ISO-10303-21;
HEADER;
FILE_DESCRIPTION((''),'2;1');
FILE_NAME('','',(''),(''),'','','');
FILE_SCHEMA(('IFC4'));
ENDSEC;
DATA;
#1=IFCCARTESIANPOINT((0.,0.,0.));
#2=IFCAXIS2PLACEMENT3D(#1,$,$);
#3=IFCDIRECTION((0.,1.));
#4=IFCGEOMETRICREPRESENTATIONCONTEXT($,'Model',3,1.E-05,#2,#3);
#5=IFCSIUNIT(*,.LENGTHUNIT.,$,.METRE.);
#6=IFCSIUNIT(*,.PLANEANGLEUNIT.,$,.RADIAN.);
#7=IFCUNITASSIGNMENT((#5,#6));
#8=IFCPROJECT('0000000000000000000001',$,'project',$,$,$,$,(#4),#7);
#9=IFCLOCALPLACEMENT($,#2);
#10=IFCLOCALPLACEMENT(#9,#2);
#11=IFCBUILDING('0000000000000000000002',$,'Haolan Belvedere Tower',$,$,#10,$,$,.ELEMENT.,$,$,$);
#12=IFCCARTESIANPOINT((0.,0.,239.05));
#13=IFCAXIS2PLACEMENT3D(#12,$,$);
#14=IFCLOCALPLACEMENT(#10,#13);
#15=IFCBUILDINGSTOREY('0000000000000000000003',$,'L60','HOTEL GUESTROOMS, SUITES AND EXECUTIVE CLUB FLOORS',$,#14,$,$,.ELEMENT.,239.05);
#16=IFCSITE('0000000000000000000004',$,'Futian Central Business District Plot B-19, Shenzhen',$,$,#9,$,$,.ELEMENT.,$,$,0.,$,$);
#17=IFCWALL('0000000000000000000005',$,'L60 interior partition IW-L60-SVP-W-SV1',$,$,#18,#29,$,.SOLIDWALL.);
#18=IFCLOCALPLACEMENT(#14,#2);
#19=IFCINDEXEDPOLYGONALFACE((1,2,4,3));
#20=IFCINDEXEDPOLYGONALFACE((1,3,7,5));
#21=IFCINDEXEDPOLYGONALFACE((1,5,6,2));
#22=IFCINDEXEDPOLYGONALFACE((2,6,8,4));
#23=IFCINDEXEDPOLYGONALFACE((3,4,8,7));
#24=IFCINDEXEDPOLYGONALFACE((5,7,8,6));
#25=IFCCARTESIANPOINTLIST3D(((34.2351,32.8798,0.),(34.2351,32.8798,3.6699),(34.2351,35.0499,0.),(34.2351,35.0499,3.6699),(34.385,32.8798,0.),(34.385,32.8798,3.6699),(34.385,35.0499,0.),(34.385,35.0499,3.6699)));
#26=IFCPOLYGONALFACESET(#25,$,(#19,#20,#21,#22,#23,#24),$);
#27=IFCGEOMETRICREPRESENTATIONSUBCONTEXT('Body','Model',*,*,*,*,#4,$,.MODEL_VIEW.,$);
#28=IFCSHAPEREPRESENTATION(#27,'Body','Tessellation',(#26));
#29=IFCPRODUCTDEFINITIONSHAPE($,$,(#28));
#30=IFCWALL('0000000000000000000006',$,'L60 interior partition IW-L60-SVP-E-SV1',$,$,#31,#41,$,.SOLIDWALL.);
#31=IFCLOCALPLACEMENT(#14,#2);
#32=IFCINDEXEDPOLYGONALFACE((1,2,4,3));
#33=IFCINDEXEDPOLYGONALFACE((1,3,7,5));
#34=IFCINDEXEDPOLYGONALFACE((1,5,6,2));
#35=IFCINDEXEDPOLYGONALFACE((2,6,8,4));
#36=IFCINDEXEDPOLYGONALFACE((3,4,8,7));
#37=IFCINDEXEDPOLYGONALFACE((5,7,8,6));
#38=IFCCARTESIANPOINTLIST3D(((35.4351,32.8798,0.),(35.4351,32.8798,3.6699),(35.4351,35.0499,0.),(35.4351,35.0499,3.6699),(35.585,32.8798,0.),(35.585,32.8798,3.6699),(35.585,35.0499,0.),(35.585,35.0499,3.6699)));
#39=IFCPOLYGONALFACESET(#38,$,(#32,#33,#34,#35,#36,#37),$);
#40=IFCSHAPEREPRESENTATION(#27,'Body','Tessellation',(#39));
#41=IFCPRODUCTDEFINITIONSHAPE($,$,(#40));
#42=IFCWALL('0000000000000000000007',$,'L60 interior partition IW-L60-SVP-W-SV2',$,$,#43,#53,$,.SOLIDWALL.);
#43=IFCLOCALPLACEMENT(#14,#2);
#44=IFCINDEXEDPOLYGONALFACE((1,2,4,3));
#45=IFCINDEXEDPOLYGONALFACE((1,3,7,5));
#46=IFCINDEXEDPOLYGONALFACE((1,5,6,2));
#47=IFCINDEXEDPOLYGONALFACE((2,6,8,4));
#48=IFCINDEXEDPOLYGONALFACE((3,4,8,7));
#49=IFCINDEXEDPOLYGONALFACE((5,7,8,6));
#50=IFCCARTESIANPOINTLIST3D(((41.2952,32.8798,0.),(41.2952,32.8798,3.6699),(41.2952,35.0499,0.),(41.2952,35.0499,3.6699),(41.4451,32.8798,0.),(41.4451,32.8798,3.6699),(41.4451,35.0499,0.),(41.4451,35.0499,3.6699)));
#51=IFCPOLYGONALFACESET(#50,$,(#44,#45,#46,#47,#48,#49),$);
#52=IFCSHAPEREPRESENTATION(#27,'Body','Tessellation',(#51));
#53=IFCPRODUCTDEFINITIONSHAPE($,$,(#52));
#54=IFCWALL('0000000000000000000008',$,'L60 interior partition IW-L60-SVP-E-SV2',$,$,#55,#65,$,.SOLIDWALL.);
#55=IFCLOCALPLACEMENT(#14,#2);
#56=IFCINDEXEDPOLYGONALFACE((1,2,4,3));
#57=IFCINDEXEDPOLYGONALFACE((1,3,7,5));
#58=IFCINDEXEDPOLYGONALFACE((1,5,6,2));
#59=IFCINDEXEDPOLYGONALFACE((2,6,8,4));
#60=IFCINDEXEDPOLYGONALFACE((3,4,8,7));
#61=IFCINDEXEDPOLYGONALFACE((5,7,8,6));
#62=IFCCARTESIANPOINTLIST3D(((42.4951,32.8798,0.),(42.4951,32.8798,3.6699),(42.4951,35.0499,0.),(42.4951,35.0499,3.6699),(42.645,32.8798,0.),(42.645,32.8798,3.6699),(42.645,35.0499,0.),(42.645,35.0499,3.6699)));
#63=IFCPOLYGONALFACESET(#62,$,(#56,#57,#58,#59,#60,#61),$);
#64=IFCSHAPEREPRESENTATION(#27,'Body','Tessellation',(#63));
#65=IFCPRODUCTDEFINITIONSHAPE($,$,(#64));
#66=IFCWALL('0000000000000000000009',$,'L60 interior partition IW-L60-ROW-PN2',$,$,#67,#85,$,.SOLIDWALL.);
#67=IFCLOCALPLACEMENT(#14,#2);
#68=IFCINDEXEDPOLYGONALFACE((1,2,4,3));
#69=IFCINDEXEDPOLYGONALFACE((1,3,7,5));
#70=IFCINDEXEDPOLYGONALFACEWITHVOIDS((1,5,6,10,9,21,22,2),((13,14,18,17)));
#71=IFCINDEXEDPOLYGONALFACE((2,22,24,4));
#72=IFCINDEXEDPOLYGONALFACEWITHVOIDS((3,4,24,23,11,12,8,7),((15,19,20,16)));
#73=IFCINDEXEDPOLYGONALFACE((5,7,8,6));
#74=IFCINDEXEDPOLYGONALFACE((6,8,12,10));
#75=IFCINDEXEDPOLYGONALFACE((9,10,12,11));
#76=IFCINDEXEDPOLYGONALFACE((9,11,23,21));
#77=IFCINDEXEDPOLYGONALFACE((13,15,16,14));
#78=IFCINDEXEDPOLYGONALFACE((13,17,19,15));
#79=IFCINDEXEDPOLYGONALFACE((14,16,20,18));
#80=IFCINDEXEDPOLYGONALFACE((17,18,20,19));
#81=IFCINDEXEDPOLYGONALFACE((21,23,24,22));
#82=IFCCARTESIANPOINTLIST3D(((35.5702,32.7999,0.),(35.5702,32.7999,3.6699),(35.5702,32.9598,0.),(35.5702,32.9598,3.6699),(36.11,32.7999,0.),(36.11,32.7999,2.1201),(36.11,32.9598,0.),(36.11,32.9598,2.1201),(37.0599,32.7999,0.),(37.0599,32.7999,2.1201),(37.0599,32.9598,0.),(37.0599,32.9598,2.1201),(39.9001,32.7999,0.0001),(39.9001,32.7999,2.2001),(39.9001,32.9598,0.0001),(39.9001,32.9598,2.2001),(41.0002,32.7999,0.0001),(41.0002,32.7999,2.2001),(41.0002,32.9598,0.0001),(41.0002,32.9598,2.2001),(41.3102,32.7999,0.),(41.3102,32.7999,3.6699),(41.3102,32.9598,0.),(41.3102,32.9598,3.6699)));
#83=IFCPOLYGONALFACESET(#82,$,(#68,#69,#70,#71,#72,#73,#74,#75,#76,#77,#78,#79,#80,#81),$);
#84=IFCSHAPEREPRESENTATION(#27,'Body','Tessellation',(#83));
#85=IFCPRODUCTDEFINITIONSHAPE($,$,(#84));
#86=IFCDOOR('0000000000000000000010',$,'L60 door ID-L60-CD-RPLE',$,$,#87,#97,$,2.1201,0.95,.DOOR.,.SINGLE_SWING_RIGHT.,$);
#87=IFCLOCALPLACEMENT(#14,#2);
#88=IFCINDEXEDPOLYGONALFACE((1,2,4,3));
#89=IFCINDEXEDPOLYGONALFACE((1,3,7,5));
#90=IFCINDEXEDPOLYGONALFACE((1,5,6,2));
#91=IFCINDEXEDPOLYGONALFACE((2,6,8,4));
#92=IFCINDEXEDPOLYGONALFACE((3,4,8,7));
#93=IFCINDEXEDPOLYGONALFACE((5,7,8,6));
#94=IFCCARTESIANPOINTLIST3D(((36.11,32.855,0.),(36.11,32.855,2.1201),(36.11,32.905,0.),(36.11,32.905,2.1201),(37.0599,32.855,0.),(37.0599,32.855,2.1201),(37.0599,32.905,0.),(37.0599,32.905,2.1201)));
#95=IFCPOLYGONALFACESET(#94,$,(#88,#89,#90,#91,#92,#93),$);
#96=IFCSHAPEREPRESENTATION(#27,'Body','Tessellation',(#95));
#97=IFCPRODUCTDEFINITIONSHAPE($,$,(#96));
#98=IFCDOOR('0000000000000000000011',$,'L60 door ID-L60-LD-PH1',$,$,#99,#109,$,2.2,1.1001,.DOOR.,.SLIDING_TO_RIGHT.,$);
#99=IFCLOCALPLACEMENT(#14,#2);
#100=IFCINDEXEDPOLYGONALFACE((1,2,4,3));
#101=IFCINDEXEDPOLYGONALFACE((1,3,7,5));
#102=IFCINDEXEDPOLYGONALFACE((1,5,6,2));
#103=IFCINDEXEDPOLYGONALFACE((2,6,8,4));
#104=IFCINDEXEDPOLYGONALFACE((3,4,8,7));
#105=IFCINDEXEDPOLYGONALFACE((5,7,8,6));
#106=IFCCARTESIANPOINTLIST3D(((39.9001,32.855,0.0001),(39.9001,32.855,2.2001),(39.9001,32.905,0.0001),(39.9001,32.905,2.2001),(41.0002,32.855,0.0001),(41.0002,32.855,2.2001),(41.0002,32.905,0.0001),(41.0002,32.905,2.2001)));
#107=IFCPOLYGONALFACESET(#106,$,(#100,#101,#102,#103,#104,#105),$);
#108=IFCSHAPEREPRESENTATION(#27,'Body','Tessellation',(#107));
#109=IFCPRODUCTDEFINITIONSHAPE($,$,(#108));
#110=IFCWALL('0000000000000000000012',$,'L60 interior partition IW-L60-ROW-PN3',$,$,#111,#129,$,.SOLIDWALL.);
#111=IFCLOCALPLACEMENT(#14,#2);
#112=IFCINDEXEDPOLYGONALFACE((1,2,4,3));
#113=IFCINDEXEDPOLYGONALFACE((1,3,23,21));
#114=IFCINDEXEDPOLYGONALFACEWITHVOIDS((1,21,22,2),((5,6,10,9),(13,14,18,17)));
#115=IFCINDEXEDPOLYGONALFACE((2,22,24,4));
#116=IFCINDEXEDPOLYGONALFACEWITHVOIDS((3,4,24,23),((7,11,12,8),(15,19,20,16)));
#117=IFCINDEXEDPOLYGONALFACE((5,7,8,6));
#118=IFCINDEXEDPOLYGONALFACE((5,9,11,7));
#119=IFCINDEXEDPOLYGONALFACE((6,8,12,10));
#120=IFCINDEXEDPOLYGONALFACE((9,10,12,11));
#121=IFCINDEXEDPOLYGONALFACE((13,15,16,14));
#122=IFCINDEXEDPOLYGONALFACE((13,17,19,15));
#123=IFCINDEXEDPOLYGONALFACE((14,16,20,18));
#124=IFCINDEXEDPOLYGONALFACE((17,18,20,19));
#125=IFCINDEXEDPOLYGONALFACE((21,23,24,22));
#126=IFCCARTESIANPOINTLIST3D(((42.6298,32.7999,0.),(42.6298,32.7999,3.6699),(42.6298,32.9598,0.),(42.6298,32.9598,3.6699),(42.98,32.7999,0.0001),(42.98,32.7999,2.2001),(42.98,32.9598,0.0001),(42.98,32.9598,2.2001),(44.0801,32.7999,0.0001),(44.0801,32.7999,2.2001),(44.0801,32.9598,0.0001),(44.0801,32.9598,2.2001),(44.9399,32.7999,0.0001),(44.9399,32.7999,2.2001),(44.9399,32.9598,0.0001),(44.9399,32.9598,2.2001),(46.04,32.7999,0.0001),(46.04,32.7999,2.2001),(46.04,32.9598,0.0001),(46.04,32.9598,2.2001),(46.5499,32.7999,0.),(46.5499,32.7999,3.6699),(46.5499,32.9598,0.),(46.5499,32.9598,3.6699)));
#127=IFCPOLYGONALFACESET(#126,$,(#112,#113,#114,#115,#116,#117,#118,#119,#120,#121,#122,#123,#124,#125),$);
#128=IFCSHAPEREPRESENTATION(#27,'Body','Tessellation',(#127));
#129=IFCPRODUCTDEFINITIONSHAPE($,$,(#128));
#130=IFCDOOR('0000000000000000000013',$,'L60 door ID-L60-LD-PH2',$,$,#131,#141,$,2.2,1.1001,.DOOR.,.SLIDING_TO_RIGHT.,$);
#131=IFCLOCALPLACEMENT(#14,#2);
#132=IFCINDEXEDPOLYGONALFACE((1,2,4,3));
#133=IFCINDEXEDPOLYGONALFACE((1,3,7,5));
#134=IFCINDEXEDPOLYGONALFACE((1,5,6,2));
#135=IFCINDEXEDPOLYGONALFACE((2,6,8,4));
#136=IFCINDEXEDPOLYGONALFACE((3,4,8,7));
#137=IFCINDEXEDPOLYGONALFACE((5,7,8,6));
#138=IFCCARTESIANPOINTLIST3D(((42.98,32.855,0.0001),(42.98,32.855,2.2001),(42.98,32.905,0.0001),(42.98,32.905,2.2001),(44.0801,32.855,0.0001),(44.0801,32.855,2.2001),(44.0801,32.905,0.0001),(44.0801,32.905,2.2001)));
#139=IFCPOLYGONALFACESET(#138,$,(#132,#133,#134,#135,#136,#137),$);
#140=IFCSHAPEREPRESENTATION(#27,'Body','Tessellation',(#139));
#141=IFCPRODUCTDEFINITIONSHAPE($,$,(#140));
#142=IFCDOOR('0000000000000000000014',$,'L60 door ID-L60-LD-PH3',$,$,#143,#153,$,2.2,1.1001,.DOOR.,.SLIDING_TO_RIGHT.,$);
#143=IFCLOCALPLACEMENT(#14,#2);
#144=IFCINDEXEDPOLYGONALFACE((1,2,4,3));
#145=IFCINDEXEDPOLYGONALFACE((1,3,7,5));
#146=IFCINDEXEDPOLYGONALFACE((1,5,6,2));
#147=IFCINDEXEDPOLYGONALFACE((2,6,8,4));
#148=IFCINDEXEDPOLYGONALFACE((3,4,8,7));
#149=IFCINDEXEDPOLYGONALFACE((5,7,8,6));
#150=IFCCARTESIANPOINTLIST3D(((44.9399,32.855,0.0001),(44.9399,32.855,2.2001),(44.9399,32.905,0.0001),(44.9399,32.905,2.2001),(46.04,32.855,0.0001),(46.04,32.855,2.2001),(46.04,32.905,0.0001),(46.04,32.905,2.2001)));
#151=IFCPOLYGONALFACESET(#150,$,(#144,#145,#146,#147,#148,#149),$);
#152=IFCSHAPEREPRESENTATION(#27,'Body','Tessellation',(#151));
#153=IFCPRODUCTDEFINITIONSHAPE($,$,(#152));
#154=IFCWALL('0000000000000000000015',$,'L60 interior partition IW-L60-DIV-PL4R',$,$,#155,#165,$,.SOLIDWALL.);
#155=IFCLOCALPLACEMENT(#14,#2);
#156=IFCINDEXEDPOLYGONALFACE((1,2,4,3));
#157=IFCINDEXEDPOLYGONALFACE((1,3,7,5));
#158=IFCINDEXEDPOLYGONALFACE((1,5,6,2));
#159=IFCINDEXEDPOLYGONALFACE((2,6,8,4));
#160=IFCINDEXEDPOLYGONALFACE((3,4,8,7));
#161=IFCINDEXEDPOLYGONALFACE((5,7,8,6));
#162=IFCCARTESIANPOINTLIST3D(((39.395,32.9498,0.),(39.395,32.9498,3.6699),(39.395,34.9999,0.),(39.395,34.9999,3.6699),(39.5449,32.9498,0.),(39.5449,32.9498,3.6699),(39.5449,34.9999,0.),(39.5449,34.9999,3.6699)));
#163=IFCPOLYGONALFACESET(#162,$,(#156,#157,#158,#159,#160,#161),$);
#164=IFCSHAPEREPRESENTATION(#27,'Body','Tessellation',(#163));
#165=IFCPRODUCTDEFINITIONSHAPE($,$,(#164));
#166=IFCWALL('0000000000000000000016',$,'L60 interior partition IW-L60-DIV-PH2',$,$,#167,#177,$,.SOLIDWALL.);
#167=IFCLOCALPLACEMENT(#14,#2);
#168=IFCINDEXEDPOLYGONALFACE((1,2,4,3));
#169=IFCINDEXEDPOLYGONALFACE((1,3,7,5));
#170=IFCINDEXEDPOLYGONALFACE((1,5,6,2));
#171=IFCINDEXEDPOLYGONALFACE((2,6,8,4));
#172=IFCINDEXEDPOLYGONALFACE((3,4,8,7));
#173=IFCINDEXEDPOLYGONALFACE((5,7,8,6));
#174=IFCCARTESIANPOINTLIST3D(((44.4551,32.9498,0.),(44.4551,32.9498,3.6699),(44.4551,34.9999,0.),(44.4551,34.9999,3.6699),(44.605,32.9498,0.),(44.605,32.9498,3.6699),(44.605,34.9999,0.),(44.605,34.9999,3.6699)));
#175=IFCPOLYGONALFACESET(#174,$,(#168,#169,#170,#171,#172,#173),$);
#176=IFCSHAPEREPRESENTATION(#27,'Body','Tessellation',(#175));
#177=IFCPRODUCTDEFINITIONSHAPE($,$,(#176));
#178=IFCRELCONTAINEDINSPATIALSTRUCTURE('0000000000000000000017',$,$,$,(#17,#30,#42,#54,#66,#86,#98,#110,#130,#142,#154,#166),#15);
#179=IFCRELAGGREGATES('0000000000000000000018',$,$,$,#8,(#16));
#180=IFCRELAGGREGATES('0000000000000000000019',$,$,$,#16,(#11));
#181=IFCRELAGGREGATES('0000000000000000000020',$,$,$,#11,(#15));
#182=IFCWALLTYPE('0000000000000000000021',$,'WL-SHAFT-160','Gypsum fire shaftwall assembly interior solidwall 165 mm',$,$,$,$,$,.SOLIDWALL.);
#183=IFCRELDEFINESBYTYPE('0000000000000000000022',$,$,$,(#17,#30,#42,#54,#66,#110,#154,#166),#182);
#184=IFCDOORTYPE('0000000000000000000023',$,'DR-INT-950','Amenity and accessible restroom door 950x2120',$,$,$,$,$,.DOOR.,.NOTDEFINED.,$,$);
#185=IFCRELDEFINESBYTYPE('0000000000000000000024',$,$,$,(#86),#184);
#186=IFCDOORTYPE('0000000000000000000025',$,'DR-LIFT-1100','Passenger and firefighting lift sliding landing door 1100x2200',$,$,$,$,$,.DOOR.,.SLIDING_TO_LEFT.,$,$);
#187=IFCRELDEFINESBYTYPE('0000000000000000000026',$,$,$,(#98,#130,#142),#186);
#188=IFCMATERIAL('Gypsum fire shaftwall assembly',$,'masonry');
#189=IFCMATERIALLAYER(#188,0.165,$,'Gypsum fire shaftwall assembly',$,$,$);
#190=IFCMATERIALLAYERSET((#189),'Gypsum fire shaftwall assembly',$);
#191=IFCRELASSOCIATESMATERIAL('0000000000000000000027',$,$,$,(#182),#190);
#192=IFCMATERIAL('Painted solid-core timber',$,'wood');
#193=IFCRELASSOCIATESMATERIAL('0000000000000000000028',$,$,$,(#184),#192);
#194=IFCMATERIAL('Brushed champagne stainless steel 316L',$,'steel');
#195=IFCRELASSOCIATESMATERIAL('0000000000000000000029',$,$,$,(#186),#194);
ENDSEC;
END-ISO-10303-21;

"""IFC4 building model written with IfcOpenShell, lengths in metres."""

from ifc_helpers import new_model, si_unit, direction, frame, frame_2d, origin, place, context, subcontext, project, spatial, rectangle, extrude, material, layer, layer_set, type_object, element, fill, save


model = new_model("IFC4")

# Units and contexts
model_context = context("Model", 3, precision=1e-05, world=origin(), true_north=direction((0.0, 1.0)))
body_context = subcontext(model_context, "Body", "Model", "MODEL_VIEW")
ifc_project = project(units=[si_unit("LENGTHUNIT", "METRE"), si_unit("PLANEANGLEUNIT", "RADIAN")], contexts=[model_context])

# Site, building, storey
site_placement = place(None, origin())
site = spatial("IfcSite", under=ifc_project, at=site_placement, Name="Futian Central Business District Plot B-19, Shenzhen", CompositionType="ELEMENT", RefElevation=0.0)
building_placement = place(site_placement, origin())
building = spatial("IfcBuilding", under=site, at=building_placement, Name="Haolan Belvedere Tower", CompositionType="ELEMENT")
storey_placement = place(building_placement, frame((0.0, 0.0, 239.05)))
storey = spatial("IfcBuildingStorey", under=building, at=storey_placement, Name="L60", Description="HOTEL GUESTROOMS, SUITES AND EXECUTIVE CLUB FLOORS", CompositionType="ELEMENT", Elevation=239.05)

# Walls
ifc_material_1 = material(Name="Gypsum fire shaftwall assembly", Category="masonry")
ifc_layer_1 = layer(ifc_material_1, 0.165, Name="Gypsum fire shaftwall assembly")
ifc_layer_set_1 = layer_set([ifc_layer_1], Name="Gypsum fire shaftwall assembly")
wall_type_1 = type_object("IfcWallType", Name="WL-SHAFT-160", Description="Gypsum fire shaftwall assembly interior solidwall 165 mm", PredefinedType="SOLIDWALL", material=ifc_layer_set_1)
for number, where, z_axis, x_axis, name in (
    (1, (34.3101, 32.8799, 0.0), (0.0, 0.0, 1.0), (0.0, 1.0, 0.0), "L60 interior partition IW-L60-SVP-W-SV1"),
    (2, (35.51, 32.8799, 0.0), (0.0, 0.0, 1.0), (0.0, 1.0, 0.0), "L60 interior partition IW-L60-SVP-E-SV1"),
    (3, (41.3701, 32.8799, 0.0), (0.0, 0.0, 1.0), (0.0, 1.0, 0.0), "L60 interior partition IW-L60-SVP-W-SV2"),
    (4, (42.5701, 32.8799, 0.0), (0.0, 0.0, 1.0), (0.0, 1.0, 0.0), "L60 interior partition IW-L60-SVP-E-SV2"),
):
    element("IfcWall", number, at=place(storey_placement, frame(where, z_axis=z_axis, x_axis=x_axis)), inside=storey, type_object=wall_type_1, Name=name, PredefinedType="SOLIDWALL", context=body_context, shape_type="SweptSolid", body=[
        extrude(rectangle(XDim=2.1702, YDim=0.1499, at=frame_2d((1.085, 0.0))), origin(), (0.0, 0.0, 1.0), 3.6699),
    ])

# Walls, openings, doors
wall_1_placement = place(storey_placement, frame((35.5701, 32.8799, 0.0), z_axis=(0.0, 0.0, 1.0), x_axis=(1.0, 0.0, 0.0)))
wall_1 = element("IfcWall", 5, at=wall_1_placement, inside=storey, type_object=wall_type_1, Name="L60 interior partition IW-L60-ROW-PN2", PredefinedType="SOLIDWALL", context=body_context, shape_type="SweptSolid", body=[
    extrude(rectangle(XDim=5.74, YDim=0.1599, at=frame_2d((2.8701, 0.0))), origin(), (0.0, 0.0, 1.0), 3.6699),
])
opening_1_placement = place(wall_1_placement, frame((1.49, 0.0, 0.0), z_axis=(0.0, 0.0, 1.0), x_axis=(-1.0, 0.0, 0.0)))
opening_1 = element("IfcOpeningElement", 6, at=opening_1_placement, cuts=wall_1, PredefinedType="OPENING", context=body_context, shape_type="SweptSolid", body=[
    extrude(rectangle(XDim=0.95, YDim=2.1201, at=frame_2d((0.4751, 1.0601))), frame((0.0, 0.0898, 0.0), z_axis=(0.0, -1.0, 0.0), x_axis=(1.0, 0.0, 0.0)), (0.0, 0.0, 1.0), 0.1799),
])
opening_2_placement = place(wall_1_placement, frame((5.4302, 0.0, 0.0), z_axis=(0.0, 0.0, 1.0), x_axis=(-1.0, 0.0, 0.0)))
opening_2 = element("IfcOpeningElement", 7, at=opening_2_placement, cuts=wall_1, PredefinedType="OPENING", context=body_context, shape_type="SweptSolid", body=[
    extrude(rectangle(XDim=1.1001, YDim=2.2, at=frame_2d((0.55, 1.1001))), frame((0.0, 0.0898, 0.0), z_axis=(0.0, -1.0, 0.0), x_axis=(1.0, 0.0, 0.0)), (0.0, 0.0, 1.0), 0.1799),
])
ifc_material_2 = material(Name="Painted solid-core timber", Category="wood")
door_type_1 = type_object("IfcDoorType", Name="DR-INT-950", Description="Amenity and accessible restroom door 950x2120", OperationType="NOTDEFINED", PredefinedType="DOOR", material=ifc_material_2)
door_1_placement = place(opening_1_placement, origin())
door_1 = element("IfcDoor", 8, at=door_1_placement, inside=storey, type_object=door_type_1, Name="L60 door ID-L60-CD-RPLE", OperationType="SINGLE_SWING_RIGHT", OverallHeight=2.1201, OverallWidth=0.95, PredefinedType="DOOR", context=body_context, shape_type="SweptSolid", body=[
    extrude(rectangle(XDim=0.95, YDim=2.1201, at=frame_2d((0.4751, 1.0601))), frame((0.0, 0.0249, 0.0), z_axis=(0.0, -1.0, 0.0), x_axis=(1.0, 0.0, 0.0)), (0.0, 0.0, 1.0), 0.05),
])
fill(opening_1, door_1)
ifc_material_3 = material(Name="Brushed champagne stainless steel 316L", Category="steel")
door_type_2 = type_object("IfcDoorType", Name="DR-LIFT-1100", Description="Passenger and firefighting lift sliding landing door 1100x2200", OperationType="SLIDING_TO_LEFT", PredefinedType="DOOR", material=ifc_material_3)
door_2_placement = place(opening_2_placement, origin())
door_2 = element("IfcDoor", 9, at=door_2_placement, inside=storey, type_object=door_type_2, Name="L60 door ID-L60-LD-PH1", OperationType="SLIDING_TO_RIGHT", OverallHeight=2.2, OverallWidth=1.1001, PredefinedType="DOOR", context=body_context, shape_type="SweptSolid", body=[
    extrude(rectangle(XDim=1.1001, YDim=2.2, at=frame_2d((0.55, 1.1001))), frame((0.0, 0.0249, 0.0), z_axis=(0.0, -1.0, 0.0), x_axis=(1.0, 0.0, 0.0)), (0.0, 0.0, 1.0), 0.05),
])
fill(opening_2, door_2)
wall_2_placement = place(storey_placement, frame((42.6299, 32.8799, 0.0), z_axis=(0.0, 0.0, 1.0), x_axis=(1.0, 0.0, 0.0)))
wall_2 = element("IfcWall", 10, at=wall_2_placement, inside=storey, type_object=wall_type_1, Name="L60 interior partition IW-L60-ROW-PN3", PredefinedType="SOLIDWALL", context=body_context, shape_type="SweptSolid", body=[
    extrude(rectangle(XDim=3.9202, YDim=0.1599, at=frame_2d((1.96, 0.0))), origin(), (0.0, 0.0, 1.0), 3.6699),
])
opening_3_placement = place(wall_2_placement, frame((1.4502, 0.0, 0.0), z_axis=(0.0, 0.0, 1.0), x_axis=(-1.0, 0.0, 0.0)))
opening_3 = element("IfcOpeningElement", 11, at=opening_3_placement, cuts=wall_2, PredefinedType="OPENING", context=body_context, shape_type="SweptSolid", body=[
    extrude(rectangle(XDim=1.1001, YDim=2.2, at=frame_2d((0.55, 1.1001))), frame((0.0, 0.0898, 0.0), z_axis=(0.0, -1.0, 0.0), x_axis=(1.0, 0.0, 0.0)), (0.0, 0.0, 1.0), 0.1799),
])
opening_4_placement = place(wall_2_placement, frame((3.4102, 0.0, 0.0), z_axis=(0.0, 0.0, 1.0), x_axis=(-1.0, 0.0, 0.0)))
opening_4 = element("IfcOpeningElement", 12, at=opening_4_placement, cuts=wall_2, PredefinedType="OPENING", context=body_context, shape_type="SweptSolid", body=[
    extrude(rectangle(XDim=1.1001, YDim=2.2, at=frame_2d((0.55, 1.1001))), frame((0.0, 0.0898, 0.0), z_axis=(0.0, -1.0, 0.0), x_axis=(1.0, 0.0, 0.0)), (0.0, 0.0, 1.0), 0.1799),
])
door_3_placement = place(opening_3_placement, origin())
door_3 = element("IfcDoor", 13, at=door_3_placement, inside=storey, type_object=door_type_2, Name="L60 door ID-L60-LD-PH2", OperationType="SLIDING_TO_RIGHT", OverallHeight=2.2, OverallWidth=1.1001, PredefinedType="DOOR", context=body_context, shape_type="SweptSolid", body=[
    extrude(rectangle(XDim=1.1001, YDim=2.2, at=frame_2d((0.55, 1.1001))), frame((0.0, 0.0249, 0.0), z_axis=(0.0, -1.0, 0.0), x_axis=(1.0, 0.0, 0.0)), (0.0, 0.0, 1.0), 0.05),
])
fill(opening_3, door_3)
door_4_placement = place(opening_4_placement, origin())
door_4 = element("IfcDoor", 14, at=door_4_placement, inside=storey, type_object=door_type_2, Name="L60 door ID-L60-LD-PH3", OperationType="SLIDING_TO_RIGHT", OverallHeight=2.2, OverallWidth=1.1001, PredefinedType="DOOR", context=body_context, shape_type="SweptSolid", body=[
    extrude(rectangle(XDim=1.1001, YDim=2.2, at=frame_2d((0.55, 1.1001))), frame((0.0, 0.0249, 0.0), z_axis=(0.0, -1.0, 0.0), x_axis=(1.0, 0.0, 0.0)), (0.0, 0.0, 1.0), 0.05),
])
fill(opening_4, door_4)

# Walls
for number, where, z_axis, x_axis, name in (
    (15, (39.47, 32.95, 0.0), (0.0, 0.0, 1.0), (0.0, 1.0, 0.0), "L60 interior partition IW-L60-DIV-PL4R"),
    (16, (44.53, 32.95, 0.0), (0.0, 0.0, 1.0), (0.0, 1.0, 0.0), "L60 interior partition IW-L60-DIV-PH2"),
):
    element("IfcWall", number, at=place(storey_placement, frame(where, z_axis=z_axis, x_axis=x_axis)), inside=storey, type_object=wall_type_1, Name=name, PredefinedType="SOLIDWALL", context=body_context, shape_type="SweptSolid", body=[
        extrude(rectangle(XDim=2.05, YDim=0.1499, at=frame_2d((1.0249, 0.0))), origin(), (0.0, 0.0, 1.0), 3.6699),
    ])

save(model, "model.ifc")
